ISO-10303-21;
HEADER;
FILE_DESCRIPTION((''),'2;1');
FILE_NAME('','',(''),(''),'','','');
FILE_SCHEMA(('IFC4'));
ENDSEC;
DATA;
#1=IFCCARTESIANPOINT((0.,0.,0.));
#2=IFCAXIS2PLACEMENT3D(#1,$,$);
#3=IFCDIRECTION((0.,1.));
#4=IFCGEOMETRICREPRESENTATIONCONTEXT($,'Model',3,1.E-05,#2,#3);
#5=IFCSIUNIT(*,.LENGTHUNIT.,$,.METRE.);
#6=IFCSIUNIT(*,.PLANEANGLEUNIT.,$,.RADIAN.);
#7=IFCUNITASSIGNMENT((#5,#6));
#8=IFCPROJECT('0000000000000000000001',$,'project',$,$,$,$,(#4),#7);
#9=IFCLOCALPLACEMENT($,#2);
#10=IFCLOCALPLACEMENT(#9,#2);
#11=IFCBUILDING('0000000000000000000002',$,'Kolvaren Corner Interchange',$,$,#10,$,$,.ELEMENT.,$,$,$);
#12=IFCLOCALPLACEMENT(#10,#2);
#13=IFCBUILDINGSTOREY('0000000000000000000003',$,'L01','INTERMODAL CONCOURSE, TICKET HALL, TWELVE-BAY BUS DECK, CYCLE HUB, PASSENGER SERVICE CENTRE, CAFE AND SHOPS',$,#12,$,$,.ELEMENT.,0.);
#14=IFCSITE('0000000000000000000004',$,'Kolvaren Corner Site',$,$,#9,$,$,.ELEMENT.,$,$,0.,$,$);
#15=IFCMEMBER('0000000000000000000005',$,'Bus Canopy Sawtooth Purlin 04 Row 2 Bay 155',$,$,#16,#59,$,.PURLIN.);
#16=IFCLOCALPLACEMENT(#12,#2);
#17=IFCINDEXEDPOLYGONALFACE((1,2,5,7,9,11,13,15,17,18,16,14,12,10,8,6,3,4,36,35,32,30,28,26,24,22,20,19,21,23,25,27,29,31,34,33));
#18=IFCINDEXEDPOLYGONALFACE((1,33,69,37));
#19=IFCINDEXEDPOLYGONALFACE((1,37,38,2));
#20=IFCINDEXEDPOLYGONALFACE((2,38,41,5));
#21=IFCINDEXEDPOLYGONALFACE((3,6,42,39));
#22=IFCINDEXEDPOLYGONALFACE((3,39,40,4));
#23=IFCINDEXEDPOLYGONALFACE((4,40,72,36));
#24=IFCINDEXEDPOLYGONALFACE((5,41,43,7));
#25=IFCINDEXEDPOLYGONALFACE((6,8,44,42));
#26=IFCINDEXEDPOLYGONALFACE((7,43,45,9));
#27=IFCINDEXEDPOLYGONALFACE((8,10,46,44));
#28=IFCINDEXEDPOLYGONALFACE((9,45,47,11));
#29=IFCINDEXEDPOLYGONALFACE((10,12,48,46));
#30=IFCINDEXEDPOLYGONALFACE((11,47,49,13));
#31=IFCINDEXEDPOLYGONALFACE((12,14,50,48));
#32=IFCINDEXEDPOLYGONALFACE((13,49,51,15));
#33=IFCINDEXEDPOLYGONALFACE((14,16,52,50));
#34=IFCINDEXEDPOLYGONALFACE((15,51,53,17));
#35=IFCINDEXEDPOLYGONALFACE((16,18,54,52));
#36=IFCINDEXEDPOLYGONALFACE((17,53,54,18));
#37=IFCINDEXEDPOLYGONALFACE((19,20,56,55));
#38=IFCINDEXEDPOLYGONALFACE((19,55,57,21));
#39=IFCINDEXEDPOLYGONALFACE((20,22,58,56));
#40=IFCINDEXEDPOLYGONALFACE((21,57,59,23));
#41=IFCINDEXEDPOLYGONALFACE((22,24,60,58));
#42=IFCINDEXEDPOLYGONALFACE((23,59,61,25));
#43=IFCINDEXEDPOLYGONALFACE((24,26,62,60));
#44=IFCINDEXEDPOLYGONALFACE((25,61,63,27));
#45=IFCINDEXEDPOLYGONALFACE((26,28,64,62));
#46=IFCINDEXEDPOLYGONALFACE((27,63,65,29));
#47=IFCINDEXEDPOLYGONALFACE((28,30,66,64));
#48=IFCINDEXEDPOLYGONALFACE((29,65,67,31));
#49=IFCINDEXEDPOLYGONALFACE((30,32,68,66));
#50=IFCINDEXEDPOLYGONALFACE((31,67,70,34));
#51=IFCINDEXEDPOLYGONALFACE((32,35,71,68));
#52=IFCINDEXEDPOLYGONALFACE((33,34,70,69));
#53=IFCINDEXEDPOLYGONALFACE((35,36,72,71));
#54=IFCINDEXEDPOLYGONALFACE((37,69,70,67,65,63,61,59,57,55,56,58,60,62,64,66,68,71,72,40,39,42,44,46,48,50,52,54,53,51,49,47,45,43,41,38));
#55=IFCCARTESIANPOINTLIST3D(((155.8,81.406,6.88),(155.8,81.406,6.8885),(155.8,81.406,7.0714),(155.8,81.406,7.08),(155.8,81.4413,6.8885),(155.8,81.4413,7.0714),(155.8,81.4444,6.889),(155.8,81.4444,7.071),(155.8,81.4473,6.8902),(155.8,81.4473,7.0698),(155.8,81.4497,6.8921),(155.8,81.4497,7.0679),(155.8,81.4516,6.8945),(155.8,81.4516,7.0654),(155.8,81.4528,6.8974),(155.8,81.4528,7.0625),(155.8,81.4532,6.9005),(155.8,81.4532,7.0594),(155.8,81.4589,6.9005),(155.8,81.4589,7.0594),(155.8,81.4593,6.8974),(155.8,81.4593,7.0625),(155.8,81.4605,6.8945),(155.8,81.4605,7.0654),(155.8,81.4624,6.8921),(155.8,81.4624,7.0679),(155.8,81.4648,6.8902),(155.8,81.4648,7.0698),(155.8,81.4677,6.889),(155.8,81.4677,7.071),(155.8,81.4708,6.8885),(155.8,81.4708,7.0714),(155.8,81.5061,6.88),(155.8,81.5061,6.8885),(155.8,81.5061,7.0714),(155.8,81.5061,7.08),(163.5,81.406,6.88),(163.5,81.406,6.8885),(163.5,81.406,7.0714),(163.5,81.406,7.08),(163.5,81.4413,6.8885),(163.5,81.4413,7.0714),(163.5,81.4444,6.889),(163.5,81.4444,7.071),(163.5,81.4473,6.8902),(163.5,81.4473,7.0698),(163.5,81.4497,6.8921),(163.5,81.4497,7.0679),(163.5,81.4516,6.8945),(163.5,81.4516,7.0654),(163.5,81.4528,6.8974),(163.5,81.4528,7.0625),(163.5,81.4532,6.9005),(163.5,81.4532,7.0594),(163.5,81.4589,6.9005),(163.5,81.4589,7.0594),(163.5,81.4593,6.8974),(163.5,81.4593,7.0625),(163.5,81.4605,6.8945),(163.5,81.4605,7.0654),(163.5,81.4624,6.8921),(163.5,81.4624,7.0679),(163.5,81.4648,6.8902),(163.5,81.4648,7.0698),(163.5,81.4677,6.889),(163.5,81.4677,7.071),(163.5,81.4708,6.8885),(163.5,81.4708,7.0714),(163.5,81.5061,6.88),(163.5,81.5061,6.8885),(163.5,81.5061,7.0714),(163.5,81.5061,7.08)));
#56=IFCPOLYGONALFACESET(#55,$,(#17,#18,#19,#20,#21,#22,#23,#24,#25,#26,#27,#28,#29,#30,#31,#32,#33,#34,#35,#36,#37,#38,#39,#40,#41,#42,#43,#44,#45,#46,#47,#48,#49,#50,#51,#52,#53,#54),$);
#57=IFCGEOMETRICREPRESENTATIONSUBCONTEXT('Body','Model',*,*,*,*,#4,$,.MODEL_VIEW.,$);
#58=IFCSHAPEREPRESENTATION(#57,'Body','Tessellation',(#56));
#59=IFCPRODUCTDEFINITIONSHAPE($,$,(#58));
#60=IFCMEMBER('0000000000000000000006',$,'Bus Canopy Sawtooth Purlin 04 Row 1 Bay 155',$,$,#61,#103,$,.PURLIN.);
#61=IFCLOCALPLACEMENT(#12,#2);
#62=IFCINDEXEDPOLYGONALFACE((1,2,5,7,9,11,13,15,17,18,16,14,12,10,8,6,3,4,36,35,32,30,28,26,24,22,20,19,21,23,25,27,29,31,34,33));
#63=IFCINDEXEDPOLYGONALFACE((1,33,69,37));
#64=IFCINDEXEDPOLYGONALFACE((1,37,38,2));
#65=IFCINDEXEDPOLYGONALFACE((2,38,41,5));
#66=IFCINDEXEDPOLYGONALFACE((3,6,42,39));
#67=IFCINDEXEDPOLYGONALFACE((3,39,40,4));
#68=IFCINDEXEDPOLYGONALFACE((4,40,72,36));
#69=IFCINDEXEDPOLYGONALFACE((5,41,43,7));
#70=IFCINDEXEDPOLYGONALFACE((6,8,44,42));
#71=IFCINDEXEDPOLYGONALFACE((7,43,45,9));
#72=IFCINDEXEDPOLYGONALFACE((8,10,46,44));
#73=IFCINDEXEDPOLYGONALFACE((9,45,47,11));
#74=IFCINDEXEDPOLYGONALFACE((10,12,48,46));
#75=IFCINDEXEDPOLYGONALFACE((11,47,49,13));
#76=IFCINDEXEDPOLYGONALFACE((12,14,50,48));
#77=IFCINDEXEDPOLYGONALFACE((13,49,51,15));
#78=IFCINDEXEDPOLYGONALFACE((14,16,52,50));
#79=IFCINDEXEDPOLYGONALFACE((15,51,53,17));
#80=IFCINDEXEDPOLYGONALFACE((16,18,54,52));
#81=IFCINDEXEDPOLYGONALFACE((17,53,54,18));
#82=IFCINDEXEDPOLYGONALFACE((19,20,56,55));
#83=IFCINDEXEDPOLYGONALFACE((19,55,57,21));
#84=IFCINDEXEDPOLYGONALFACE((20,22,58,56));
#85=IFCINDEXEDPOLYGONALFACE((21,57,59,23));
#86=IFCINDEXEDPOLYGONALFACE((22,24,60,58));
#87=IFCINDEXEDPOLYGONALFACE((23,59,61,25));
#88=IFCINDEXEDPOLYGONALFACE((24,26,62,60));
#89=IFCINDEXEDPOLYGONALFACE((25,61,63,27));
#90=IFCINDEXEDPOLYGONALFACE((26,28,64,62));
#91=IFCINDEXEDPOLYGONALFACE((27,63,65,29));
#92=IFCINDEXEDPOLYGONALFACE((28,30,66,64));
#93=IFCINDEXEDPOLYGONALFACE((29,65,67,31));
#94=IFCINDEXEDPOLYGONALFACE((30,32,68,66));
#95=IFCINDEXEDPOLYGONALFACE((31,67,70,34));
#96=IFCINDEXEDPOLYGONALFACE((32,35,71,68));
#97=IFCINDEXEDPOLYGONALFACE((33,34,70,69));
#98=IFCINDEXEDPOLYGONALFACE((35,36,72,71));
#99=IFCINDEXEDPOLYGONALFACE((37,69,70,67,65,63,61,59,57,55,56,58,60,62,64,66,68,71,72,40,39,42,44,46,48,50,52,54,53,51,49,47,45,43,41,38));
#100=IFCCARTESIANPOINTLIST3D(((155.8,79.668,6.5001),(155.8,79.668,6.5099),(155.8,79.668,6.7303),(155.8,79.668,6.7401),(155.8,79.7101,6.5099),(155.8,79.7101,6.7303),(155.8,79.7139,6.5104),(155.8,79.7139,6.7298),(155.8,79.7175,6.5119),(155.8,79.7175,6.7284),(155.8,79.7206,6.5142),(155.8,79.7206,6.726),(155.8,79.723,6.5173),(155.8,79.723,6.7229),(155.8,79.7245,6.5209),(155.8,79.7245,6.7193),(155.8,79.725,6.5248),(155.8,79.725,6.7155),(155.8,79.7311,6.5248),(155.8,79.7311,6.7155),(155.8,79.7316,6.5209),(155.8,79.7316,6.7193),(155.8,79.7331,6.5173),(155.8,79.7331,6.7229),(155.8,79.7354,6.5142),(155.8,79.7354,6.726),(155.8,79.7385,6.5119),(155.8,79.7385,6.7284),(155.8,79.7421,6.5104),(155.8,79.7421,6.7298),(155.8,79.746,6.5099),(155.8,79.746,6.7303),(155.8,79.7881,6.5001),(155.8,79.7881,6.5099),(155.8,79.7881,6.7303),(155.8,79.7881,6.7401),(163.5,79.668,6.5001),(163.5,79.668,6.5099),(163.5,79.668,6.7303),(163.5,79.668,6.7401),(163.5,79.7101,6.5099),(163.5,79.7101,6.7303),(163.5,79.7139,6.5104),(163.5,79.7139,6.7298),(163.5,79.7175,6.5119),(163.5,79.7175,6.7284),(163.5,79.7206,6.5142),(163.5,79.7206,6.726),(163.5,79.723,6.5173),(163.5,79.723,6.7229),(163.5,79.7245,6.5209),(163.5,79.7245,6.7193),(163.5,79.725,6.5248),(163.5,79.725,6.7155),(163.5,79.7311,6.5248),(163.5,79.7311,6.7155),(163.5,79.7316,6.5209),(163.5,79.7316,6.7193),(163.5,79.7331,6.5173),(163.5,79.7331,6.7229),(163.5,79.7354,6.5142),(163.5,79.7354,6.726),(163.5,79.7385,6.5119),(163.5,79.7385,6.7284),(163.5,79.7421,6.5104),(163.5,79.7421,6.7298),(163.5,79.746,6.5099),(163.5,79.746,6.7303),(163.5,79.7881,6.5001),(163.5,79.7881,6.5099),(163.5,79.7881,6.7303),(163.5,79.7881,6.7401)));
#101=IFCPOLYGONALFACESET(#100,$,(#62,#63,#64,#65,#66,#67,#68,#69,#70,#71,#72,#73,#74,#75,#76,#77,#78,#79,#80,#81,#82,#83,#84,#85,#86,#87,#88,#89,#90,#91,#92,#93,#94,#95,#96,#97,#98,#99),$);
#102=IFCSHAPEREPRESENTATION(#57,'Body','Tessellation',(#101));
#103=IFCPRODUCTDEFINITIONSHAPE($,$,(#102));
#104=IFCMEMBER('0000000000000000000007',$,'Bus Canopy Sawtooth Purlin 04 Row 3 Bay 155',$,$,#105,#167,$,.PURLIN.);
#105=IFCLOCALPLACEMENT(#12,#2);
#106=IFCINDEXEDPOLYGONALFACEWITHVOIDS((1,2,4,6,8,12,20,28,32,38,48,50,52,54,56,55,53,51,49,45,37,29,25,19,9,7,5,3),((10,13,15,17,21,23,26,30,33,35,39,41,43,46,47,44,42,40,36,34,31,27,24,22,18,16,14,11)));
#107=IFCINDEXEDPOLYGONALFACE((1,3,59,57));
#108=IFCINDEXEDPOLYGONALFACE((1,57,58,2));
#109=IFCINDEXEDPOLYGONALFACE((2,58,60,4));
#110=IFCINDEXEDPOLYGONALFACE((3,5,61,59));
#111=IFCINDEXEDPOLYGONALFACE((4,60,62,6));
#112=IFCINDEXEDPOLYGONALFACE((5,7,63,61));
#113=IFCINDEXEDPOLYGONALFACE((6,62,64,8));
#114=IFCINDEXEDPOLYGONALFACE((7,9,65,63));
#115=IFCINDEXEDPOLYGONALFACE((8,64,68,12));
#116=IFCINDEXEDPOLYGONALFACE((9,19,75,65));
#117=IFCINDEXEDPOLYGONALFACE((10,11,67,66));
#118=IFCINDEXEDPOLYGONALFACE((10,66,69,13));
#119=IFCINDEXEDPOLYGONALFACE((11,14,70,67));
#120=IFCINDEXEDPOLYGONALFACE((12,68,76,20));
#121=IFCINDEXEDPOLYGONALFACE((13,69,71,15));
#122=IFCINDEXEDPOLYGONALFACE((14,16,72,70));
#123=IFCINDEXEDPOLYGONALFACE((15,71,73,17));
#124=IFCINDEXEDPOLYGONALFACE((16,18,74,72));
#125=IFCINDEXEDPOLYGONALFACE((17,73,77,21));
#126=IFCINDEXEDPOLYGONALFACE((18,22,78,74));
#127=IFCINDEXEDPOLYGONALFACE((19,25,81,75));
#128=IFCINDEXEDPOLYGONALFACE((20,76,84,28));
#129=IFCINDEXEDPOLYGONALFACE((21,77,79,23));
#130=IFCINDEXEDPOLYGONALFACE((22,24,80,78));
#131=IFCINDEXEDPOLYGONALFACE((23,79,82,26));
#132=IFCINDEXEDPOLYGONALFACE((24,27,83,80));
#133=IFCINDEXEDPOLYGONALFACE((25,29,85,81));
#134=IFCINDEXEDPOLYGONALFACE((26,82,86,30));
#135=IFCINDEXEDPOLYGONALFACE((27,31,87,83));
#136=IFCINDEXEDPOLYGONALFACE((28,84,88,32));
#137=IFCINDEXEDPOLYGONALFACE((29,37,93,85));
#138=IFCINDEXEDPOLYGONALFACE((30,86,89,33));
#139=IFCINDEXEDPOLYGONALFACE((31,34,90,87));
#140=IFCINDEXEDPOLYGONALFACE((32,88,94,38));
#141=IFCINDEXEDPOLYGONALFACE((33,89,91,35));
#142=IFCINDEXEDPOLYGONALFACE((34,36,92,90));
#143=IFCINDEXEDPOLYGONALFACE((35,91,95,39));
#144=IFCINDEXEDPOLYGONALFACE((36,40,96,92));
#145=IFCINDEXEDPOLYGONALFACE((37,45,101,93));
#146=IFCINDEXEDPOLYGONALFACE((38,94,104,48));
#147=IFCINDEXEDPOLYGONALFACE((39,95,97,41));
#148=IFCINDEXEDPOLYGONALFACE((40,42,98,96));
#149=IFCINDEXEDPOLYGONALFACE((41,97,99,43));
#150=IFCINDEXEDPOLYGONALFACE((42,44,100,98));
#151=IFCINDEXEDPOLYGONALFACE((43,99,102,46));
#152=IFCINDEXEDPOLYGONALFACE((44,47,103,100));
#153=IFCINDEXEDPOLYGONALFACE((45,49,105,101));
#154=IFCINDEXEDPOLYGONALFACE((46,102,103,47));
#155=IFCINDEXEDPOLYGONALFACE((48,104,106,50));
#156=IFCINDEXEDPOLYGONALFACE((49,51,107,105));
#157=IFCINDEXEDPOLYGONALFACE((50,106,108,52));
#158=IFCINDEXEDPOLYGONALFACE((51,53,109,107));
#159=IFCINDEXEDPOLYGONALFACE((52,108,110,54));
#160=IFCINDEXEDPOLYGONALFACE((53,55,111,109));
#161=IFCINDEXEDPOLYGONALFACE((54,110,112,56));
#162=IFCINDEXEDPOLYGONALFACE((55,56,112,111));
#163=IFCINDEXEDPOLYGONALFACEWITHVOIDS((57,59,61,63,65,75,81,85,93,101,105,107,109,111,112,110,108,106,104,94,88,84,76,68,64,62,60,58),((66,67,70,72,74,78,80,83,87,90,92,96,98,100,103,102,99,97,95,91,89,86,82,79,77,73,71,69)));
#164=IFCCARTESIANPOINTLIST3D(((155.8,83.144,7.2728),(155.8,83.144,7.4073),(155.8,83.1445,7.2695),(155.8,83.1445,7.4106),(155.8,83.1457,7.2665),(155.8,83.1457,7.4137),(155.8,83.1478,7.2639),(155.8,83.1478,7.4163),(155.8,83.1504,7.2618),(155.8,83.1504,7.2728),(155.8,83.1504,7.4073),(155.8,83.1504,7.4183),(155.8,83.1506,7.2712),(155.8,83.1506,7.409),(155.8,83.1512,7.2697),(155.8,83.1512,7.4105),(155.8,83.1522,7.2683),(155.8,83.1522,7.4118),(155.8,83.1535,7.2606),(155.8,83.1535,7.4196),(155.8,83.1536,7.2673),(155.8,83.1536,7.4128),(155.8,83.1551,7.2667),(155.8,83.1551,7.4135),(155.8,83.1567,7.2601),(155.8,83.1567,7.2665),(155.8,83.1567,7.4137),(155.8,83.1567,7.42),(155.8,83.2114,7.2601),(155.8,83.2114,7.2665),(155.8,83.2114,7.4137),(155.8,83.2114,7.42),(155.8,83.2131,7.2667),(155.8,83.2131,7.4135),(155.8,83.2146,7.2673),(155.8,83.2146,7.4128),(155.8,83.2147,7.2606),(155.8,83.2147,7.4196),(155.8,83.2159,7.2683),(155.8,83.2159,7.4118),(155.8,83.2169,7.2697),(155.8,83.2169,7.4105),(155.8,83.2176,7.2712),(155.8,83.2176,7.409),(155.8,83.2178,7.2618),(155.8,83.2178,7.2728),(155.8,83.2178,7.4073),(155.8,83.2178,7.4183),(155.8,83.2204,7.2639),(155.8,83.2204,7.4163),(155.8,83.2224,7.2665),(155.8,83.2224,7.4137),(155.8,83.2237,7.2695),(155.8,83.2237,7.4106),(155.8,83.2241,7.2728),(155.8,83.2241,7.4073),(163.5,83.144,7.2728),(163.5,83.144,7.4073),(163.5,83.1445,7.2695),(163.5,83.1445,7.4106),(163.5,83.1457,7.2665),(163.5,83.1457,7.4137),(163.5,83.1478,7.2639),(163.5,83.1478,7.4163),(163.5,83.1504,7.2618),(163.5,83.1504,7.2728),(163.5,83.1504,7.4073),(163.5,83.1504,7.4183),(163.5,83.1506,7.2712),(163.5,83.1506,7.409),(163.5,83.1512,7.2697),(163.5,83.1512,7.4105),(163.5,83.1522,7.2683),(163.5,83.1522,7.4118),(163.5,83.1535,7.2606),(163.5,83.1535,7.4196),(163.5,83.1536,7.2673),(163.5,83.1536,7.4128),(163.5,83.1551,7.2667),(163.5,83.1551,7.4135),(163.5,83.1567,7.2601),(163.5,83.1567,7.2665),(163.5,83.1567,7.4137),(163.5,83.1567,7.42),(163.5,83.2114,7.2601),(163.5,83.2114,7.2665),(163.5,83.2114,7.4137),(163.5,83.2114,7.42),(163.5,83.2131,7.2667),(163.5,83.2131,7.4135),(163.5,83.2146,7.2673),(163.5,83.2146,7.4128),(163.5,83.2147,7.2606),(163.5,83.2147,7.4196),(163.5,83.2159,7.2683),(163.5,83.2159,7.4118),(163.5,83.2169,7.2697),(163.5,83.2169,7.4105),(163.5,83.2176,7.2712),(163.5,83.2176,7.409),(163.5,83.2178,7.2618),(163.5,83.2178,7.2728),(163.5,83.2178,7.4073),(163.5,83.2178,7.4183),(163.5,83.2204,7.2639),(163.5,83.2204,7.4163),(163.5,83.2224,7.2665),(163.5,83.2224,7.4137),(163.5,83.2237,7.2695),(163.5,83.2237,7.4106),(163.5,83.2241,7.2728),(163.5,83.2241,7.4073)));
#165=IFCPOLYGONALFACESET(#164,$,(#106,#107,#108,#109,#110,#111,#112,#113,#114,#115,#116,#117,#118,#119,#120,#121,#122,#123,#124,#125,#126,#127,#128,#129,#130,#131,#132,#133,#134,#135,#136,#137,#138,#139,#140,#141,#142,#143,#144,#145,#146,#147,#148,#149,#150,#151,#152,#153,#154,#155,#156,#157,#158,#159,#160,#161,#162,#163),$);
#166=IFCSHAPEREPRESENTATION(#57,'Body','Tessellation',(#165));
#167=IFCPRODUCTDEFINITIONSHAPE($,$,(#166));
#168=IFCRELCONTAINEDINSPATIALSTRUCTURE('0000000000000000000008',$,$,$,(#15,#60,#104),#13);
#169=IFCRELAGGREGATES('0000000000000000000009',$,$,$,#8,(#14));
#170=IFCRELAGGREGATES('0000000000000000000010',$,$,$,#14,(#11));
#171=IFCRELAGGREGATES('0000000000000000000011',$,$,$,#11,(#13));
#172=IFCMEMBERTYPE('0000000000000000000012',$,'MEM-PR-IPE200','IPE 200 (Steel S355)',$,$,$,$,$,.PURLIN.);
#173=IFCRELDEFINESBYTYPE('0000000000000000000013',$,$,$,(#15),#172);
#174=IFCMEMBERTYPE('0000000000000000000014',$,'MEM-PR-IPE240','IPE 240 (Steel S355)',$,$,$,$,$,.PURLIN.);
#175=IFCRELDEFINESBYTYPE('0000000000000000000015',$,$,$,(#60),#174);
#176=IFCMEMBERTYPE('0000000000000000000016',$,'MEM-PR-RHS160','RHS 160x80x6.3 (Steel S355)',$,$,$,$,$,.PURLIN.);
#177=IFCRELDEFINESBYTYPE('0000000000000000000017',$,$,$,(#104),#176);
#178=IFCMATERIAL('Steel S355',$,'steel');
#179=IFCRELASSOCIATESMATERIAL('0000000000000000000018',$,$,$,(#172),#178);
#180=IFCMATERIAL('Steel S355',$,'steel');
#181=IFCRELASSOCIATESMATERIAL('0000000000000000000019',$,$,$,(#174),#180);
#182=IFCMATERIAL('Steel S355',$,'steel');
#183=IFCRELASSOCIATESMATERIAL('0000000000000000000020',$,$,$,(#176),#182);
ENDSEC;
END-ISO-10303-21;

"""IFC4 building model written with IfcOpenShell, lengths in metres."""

from ifc_helpers import new_model, si_unit, direction, frame, origin, origin_2d, place, context, subcontext, project, spatial, hollow_rectangle, i_section, extrude, material, material_profile, profile_set, type_object, element, save


model = new_model("IFC4")

# Units and contexts
model_context = context("Model", 3, precision=1e-05, world=origin(), true_north=direction((0.0, 1.0)))
body_context = subcontext(model_context, "Body", "Model", "MODEL_VIEW")
ifc_project = project(units=[si_unit("LENGTHUNIT", "METRE"), si_unit("PLANEANGLEUNIT", "RADIAN")], contexts=[model_context])

# Site, building, storey
site_placement = place(None, origin())
site = spatial("IfcSite", under=ifc_project, at=site_placement, Name="Kolvaren Corner Site", CompositionType="ELEMENT", RefElevation=0.0)
building_placement = place(site_placement, origin())
building = spatial("IfcBuilding", under=site, at=building_placement, Name="Kolvaren Corner Interchange", CompositionType="ELEMENT")
storey_placement = place(building_placement, origin())
storey = spatial("IfcBuildingStorey", under=building, at=storey_placement, Name="L01", Description="INTERMODAL CONCOURSE, TICKET HALL, TWELVE-BAY BUS DECK, CYCLE HUB, PASSENGER SERVICE CENTRE, CAFE AND SHOPS", CompositionType="ELEMENT", Elevation=0.0)

# Members
ifc_material_1 = material(Name="Steel S355", Category="steel")
ifc_material_profile_1 = material_profile(ifc_material_1, i_section(OverallWidth=0.1001, OverallDepth=0.2, WebThickness=0.0056, FlangeThickness=0.0085, FilletRadius=0.012, at=origin_2d()), Name="IPE 200")
ifc_profile_set_1 = profile_set([ifc_material_profile_1], Name="Steel S355")
member_type_1 = type_object("IfcMemberType", Name="MEM-PR-IPE200", Description="IPE 200 (Steel S355)", PredefinedType="PURLIN", material=ifc_profile_set_1)
member_1_placement = place(storey_placement, frame((155.8, 81.4561, 6.98), z_axis=(1.0, 0.0, 0.0), x_axis=(0.0, 1.0, 0.0)))
element("IfcMember", 1, at=member_1_placement, inside=storey, type_object=member_type_1, Name="Bus Canopy Sawtooth Purlin 04 Row 2 Bay 155", PredefinedType="PURLIN", context=body_context, shape_type="SweptSolid", body=[
    extrude(i_section(OverallWidth=0.1001, OverallDepth=0.2, WebThickness=0.0056, FlangeThickness=0.0085, FilletRadius=0.012, at=origin_2d()), origin(), (0.0, 0.0, 1.0), 7.7),
])
ifc_material_2 = material(Name="Steel S355", Category="steel")
ifc_material_profile_2 = material_profile(ifc_material_2, i_section(OverallWidth=0.1201, OverallDepth=0.24, WebThickness=0.0061, FlangeThickness=0.0098, FilletRadius=0.0149, at=origin_2d()), Name="IPE 240")
ifc_profile_set_2 = profile_set([ifc_material_profile_2], Name="Steel S355")
member_type_2 = type_object("IfcMemberType", Name="MEM-PR-IPE240", Description="IPE 240 (Steel S355)", PredefinedType="PURLIN", material=ifc_profile_set_2)
member_2_placement = place(storey_placement, frame((155.8, 79.728, 6.6201), z_axis=(1.0, 0.0, 0.0), x_axis=(0.0, 1.0, 0.0)))
element("IfcMember", 2, at=member_2_placement, inside=storey, type_object=member_type_2, Name="Bus Canopy Sawtooth Purlin 04 Row 1 Bay 155", PredefinedType="PURLIN", context=body_context, shape_type="SweptSolid", body=[
    extrude(i_section(OverallWidth=0.1201, OverallDepth=0.24, WebThickness=0.0061, FlangeThickness=0.0098, FilletRadius=0.0149, at=origin_2d()), origin(), (0.0, 0.0, 1.0), 7.7),
])
ifc_material_3 = material(Name="Steel S355", Category="steel")
ifc_material_profile_3 = material_profile(ifc_material_3, hollow_rectangle(XDim=0.0801, YDim=0.1599, WallThickness=0.0063, InnerFilletRadius=0.0063, OuterFilletRadius=0.0127, at=origin_2d()), Name="RHS 160x80x6.3")
ifc_profile_set_3 = profile_set([ifc_material_profile_3], Name="Steel S355")
member_type_3 = type_object("IfcMemberType", Name="MEM-PR-RHS160", Description="RHS 160x80x6.3 (Steel S355)", PredefinedType="PURLIN", material=ifc_profile_set_3)
member_3_placement = place(storey_placement, frame((155.8, 83.1841, 7.3401), z_axis=(1.0, 0.0, 0.0), x_axis=(0.0, 1.0, 0.0)))
element("IfcMember", 3, at=member_3_placement, inside=storey, type_object=member_type_3, Name="Bus Canopy Sawtooth Purlin 04 Row 3 Bay 155", PredefinedType="PURLIN", context=body_context, shape_type="SweptSolid", body=[
    extrude(hollow_rectangle(XDim=0.0801, YDim=0.1599, WallThickness=0.0063, InnerFilletRadius=0.0063, OuterFilletRadius=0.0127, at=origin_2d()), origin(), (0.0, 0.0, 1.0), 7.7),
])

save(model, "model.ifc")
